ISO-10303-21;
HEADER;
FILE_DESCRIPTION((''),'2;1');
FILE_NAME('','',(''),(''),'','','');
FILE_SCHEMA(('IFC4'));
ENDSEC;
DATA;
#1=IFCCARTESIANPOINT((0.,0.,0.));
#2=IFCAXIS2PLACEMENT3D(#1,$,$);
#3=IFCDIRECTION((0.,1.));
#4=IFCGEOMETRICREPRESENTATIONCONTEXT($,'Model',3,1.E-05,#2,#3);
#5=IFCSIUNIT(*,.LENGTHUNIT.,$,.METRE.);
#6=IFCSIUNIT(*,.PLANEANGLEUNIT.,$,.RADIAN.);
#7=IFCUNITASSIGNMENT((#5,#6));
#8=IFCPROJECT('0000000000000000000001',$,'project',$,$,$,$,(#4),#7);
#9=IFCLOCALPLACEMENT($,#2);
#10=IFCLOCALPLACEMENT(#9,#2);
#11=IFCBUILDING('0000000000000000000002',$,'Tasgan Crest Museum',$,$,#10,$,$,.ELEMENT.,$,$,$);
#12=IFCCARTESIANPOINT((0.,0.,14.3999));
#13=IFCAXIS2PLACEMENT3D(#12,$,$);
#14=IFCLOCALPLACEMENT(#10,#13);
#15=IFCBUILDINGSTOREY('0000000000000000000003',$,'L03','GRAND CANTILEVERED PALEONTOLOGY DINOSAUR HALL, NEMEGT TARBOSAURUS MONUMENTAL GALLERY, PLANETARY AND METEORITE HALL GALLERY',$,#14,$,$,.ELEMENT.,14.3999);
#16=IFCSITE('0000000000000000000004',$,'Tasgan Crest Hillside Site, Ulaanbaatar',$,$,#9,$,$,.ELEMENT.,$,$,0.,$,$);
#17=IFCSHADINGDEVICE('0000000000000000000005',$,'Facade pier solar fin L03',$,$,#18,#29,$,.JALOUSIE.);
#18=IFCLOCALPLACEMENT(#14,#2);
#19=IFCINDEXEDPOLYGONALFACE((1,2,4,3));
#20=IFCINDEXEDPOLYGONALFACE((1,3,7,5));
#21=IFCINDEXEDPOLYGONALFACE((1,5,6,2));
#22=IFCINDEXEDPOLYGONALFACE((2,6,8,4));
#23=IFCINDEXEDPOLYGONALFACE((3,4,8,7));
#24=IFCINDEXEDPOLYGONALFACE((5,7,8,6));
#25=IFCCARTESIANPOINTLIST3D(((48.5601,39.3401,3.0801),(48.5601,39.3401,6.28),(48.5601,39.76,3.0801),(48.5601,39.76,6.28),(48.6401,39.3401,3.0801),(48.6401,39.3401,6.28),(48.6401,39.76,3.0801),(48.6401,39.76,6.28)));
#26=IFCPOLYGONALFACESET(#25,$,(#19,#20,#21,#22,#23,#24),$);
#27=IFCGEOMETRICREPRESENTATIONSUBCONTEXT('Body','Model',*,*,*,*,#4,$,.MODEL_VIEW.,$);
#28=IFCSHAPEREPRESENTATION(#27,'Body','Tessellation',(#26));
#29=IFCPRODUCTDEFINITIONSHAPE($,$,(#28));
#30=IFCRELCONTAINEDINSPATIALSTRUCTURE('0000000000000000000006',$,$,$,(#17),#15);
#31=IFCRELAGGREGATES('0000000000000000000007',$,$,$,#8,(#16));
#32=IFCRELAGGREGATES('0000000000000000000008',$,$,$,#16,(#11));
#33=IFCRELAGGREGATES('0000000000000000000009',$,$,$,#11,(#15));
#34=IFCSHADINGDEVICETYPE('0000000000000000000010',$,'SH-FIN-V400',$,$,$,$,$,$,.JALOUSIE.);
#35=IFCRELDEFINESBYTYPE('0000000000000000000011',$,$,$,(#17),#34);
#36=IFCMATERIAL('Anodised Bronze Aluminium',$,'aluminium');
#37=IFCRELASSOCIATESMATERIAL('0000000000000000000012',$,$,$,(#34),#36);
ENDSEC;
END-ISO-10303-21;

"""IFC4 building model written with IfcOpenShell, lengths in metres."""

from ifc_helpers import new_model, si_unit, direction, frame, origin, origin_2d, place, context, subcontext, project, spatial, rectangle, extrude, material, type_object, element, save


model = new_model("IFC4")

# Units and contexts
model_context = context("Model", 3, precision=1e-05, world=origin(), true_north=direction((0.0, 1.0)))
body_context = subcontext(model_context, "Body", "Model", "MODEL_VIEW")
ifc_project = project(units=[si_unit("LENGTHUNIT", "METRE"), si_unit("PLANEANGLEUNIT", "RADIAN")], contexts=[model_context])

# Site, building, storey
site_placement = place(None, origin())
site = spatial("IfcSite", under=ifc_project, at=site_placement, Name="Tasgan Crest Hillside Site, Ulaanbaatar", CompositionType="ELEMENT", RefElevation=0.0)
building_placement = place(site_placement, origin())
building = spatial("IfcBuilding", under=site, at=building_placement, Name="Tasgan Crest Museum", CompositionType="ELEMENT")
storey_placement = place(building_placement, frame((0.0, 0.0, 14.3999)))
storey = spatial("IfcBuildingStorey", under=building, at=storey_placement, Name="L03", Description="GRAND CANTILEVERED PALEONTOLOGY DINOSAUR HALL, NEMEGT TARBOSAURUS MONUMENTAL GALLERY, PLANETARY AND METEORITE HALL GALLERY", CompositionType="ELEMENT", Elevation=14.3999)

# Shading device
ifc_material_1 = material(Name="Anodised Bronze Aluminium", Category="aluminium")
shading_device_type = type_object("IfcShadingDeviceType", Name="SH-FIN-V400", PredefinedType="JALOUSIE", material=ifc_material_1)
shading_device_placement = place(storey_placement, frame((48.6001, 39.55, 3.0801), z_axis=(0.0, 0.0, 1.0), x_axis=(1.0, 0.0, 0.0)))
element("IfcShadingDevice", 1, at=shading_device_placement, inside=storey, type_object=shading_device_type, Name="Facade pier solar fin L03", PredefinedType="JALOUSIE", context=body_context, shape_type="SweptSolid", body=[
    extrude(rectangle(XDim=0.0801, YDim=0.4199, at=origin_2d()), origin(), (0.0, 0.0, 1.0), 3.2),
])

save(model, "model.ifc")
